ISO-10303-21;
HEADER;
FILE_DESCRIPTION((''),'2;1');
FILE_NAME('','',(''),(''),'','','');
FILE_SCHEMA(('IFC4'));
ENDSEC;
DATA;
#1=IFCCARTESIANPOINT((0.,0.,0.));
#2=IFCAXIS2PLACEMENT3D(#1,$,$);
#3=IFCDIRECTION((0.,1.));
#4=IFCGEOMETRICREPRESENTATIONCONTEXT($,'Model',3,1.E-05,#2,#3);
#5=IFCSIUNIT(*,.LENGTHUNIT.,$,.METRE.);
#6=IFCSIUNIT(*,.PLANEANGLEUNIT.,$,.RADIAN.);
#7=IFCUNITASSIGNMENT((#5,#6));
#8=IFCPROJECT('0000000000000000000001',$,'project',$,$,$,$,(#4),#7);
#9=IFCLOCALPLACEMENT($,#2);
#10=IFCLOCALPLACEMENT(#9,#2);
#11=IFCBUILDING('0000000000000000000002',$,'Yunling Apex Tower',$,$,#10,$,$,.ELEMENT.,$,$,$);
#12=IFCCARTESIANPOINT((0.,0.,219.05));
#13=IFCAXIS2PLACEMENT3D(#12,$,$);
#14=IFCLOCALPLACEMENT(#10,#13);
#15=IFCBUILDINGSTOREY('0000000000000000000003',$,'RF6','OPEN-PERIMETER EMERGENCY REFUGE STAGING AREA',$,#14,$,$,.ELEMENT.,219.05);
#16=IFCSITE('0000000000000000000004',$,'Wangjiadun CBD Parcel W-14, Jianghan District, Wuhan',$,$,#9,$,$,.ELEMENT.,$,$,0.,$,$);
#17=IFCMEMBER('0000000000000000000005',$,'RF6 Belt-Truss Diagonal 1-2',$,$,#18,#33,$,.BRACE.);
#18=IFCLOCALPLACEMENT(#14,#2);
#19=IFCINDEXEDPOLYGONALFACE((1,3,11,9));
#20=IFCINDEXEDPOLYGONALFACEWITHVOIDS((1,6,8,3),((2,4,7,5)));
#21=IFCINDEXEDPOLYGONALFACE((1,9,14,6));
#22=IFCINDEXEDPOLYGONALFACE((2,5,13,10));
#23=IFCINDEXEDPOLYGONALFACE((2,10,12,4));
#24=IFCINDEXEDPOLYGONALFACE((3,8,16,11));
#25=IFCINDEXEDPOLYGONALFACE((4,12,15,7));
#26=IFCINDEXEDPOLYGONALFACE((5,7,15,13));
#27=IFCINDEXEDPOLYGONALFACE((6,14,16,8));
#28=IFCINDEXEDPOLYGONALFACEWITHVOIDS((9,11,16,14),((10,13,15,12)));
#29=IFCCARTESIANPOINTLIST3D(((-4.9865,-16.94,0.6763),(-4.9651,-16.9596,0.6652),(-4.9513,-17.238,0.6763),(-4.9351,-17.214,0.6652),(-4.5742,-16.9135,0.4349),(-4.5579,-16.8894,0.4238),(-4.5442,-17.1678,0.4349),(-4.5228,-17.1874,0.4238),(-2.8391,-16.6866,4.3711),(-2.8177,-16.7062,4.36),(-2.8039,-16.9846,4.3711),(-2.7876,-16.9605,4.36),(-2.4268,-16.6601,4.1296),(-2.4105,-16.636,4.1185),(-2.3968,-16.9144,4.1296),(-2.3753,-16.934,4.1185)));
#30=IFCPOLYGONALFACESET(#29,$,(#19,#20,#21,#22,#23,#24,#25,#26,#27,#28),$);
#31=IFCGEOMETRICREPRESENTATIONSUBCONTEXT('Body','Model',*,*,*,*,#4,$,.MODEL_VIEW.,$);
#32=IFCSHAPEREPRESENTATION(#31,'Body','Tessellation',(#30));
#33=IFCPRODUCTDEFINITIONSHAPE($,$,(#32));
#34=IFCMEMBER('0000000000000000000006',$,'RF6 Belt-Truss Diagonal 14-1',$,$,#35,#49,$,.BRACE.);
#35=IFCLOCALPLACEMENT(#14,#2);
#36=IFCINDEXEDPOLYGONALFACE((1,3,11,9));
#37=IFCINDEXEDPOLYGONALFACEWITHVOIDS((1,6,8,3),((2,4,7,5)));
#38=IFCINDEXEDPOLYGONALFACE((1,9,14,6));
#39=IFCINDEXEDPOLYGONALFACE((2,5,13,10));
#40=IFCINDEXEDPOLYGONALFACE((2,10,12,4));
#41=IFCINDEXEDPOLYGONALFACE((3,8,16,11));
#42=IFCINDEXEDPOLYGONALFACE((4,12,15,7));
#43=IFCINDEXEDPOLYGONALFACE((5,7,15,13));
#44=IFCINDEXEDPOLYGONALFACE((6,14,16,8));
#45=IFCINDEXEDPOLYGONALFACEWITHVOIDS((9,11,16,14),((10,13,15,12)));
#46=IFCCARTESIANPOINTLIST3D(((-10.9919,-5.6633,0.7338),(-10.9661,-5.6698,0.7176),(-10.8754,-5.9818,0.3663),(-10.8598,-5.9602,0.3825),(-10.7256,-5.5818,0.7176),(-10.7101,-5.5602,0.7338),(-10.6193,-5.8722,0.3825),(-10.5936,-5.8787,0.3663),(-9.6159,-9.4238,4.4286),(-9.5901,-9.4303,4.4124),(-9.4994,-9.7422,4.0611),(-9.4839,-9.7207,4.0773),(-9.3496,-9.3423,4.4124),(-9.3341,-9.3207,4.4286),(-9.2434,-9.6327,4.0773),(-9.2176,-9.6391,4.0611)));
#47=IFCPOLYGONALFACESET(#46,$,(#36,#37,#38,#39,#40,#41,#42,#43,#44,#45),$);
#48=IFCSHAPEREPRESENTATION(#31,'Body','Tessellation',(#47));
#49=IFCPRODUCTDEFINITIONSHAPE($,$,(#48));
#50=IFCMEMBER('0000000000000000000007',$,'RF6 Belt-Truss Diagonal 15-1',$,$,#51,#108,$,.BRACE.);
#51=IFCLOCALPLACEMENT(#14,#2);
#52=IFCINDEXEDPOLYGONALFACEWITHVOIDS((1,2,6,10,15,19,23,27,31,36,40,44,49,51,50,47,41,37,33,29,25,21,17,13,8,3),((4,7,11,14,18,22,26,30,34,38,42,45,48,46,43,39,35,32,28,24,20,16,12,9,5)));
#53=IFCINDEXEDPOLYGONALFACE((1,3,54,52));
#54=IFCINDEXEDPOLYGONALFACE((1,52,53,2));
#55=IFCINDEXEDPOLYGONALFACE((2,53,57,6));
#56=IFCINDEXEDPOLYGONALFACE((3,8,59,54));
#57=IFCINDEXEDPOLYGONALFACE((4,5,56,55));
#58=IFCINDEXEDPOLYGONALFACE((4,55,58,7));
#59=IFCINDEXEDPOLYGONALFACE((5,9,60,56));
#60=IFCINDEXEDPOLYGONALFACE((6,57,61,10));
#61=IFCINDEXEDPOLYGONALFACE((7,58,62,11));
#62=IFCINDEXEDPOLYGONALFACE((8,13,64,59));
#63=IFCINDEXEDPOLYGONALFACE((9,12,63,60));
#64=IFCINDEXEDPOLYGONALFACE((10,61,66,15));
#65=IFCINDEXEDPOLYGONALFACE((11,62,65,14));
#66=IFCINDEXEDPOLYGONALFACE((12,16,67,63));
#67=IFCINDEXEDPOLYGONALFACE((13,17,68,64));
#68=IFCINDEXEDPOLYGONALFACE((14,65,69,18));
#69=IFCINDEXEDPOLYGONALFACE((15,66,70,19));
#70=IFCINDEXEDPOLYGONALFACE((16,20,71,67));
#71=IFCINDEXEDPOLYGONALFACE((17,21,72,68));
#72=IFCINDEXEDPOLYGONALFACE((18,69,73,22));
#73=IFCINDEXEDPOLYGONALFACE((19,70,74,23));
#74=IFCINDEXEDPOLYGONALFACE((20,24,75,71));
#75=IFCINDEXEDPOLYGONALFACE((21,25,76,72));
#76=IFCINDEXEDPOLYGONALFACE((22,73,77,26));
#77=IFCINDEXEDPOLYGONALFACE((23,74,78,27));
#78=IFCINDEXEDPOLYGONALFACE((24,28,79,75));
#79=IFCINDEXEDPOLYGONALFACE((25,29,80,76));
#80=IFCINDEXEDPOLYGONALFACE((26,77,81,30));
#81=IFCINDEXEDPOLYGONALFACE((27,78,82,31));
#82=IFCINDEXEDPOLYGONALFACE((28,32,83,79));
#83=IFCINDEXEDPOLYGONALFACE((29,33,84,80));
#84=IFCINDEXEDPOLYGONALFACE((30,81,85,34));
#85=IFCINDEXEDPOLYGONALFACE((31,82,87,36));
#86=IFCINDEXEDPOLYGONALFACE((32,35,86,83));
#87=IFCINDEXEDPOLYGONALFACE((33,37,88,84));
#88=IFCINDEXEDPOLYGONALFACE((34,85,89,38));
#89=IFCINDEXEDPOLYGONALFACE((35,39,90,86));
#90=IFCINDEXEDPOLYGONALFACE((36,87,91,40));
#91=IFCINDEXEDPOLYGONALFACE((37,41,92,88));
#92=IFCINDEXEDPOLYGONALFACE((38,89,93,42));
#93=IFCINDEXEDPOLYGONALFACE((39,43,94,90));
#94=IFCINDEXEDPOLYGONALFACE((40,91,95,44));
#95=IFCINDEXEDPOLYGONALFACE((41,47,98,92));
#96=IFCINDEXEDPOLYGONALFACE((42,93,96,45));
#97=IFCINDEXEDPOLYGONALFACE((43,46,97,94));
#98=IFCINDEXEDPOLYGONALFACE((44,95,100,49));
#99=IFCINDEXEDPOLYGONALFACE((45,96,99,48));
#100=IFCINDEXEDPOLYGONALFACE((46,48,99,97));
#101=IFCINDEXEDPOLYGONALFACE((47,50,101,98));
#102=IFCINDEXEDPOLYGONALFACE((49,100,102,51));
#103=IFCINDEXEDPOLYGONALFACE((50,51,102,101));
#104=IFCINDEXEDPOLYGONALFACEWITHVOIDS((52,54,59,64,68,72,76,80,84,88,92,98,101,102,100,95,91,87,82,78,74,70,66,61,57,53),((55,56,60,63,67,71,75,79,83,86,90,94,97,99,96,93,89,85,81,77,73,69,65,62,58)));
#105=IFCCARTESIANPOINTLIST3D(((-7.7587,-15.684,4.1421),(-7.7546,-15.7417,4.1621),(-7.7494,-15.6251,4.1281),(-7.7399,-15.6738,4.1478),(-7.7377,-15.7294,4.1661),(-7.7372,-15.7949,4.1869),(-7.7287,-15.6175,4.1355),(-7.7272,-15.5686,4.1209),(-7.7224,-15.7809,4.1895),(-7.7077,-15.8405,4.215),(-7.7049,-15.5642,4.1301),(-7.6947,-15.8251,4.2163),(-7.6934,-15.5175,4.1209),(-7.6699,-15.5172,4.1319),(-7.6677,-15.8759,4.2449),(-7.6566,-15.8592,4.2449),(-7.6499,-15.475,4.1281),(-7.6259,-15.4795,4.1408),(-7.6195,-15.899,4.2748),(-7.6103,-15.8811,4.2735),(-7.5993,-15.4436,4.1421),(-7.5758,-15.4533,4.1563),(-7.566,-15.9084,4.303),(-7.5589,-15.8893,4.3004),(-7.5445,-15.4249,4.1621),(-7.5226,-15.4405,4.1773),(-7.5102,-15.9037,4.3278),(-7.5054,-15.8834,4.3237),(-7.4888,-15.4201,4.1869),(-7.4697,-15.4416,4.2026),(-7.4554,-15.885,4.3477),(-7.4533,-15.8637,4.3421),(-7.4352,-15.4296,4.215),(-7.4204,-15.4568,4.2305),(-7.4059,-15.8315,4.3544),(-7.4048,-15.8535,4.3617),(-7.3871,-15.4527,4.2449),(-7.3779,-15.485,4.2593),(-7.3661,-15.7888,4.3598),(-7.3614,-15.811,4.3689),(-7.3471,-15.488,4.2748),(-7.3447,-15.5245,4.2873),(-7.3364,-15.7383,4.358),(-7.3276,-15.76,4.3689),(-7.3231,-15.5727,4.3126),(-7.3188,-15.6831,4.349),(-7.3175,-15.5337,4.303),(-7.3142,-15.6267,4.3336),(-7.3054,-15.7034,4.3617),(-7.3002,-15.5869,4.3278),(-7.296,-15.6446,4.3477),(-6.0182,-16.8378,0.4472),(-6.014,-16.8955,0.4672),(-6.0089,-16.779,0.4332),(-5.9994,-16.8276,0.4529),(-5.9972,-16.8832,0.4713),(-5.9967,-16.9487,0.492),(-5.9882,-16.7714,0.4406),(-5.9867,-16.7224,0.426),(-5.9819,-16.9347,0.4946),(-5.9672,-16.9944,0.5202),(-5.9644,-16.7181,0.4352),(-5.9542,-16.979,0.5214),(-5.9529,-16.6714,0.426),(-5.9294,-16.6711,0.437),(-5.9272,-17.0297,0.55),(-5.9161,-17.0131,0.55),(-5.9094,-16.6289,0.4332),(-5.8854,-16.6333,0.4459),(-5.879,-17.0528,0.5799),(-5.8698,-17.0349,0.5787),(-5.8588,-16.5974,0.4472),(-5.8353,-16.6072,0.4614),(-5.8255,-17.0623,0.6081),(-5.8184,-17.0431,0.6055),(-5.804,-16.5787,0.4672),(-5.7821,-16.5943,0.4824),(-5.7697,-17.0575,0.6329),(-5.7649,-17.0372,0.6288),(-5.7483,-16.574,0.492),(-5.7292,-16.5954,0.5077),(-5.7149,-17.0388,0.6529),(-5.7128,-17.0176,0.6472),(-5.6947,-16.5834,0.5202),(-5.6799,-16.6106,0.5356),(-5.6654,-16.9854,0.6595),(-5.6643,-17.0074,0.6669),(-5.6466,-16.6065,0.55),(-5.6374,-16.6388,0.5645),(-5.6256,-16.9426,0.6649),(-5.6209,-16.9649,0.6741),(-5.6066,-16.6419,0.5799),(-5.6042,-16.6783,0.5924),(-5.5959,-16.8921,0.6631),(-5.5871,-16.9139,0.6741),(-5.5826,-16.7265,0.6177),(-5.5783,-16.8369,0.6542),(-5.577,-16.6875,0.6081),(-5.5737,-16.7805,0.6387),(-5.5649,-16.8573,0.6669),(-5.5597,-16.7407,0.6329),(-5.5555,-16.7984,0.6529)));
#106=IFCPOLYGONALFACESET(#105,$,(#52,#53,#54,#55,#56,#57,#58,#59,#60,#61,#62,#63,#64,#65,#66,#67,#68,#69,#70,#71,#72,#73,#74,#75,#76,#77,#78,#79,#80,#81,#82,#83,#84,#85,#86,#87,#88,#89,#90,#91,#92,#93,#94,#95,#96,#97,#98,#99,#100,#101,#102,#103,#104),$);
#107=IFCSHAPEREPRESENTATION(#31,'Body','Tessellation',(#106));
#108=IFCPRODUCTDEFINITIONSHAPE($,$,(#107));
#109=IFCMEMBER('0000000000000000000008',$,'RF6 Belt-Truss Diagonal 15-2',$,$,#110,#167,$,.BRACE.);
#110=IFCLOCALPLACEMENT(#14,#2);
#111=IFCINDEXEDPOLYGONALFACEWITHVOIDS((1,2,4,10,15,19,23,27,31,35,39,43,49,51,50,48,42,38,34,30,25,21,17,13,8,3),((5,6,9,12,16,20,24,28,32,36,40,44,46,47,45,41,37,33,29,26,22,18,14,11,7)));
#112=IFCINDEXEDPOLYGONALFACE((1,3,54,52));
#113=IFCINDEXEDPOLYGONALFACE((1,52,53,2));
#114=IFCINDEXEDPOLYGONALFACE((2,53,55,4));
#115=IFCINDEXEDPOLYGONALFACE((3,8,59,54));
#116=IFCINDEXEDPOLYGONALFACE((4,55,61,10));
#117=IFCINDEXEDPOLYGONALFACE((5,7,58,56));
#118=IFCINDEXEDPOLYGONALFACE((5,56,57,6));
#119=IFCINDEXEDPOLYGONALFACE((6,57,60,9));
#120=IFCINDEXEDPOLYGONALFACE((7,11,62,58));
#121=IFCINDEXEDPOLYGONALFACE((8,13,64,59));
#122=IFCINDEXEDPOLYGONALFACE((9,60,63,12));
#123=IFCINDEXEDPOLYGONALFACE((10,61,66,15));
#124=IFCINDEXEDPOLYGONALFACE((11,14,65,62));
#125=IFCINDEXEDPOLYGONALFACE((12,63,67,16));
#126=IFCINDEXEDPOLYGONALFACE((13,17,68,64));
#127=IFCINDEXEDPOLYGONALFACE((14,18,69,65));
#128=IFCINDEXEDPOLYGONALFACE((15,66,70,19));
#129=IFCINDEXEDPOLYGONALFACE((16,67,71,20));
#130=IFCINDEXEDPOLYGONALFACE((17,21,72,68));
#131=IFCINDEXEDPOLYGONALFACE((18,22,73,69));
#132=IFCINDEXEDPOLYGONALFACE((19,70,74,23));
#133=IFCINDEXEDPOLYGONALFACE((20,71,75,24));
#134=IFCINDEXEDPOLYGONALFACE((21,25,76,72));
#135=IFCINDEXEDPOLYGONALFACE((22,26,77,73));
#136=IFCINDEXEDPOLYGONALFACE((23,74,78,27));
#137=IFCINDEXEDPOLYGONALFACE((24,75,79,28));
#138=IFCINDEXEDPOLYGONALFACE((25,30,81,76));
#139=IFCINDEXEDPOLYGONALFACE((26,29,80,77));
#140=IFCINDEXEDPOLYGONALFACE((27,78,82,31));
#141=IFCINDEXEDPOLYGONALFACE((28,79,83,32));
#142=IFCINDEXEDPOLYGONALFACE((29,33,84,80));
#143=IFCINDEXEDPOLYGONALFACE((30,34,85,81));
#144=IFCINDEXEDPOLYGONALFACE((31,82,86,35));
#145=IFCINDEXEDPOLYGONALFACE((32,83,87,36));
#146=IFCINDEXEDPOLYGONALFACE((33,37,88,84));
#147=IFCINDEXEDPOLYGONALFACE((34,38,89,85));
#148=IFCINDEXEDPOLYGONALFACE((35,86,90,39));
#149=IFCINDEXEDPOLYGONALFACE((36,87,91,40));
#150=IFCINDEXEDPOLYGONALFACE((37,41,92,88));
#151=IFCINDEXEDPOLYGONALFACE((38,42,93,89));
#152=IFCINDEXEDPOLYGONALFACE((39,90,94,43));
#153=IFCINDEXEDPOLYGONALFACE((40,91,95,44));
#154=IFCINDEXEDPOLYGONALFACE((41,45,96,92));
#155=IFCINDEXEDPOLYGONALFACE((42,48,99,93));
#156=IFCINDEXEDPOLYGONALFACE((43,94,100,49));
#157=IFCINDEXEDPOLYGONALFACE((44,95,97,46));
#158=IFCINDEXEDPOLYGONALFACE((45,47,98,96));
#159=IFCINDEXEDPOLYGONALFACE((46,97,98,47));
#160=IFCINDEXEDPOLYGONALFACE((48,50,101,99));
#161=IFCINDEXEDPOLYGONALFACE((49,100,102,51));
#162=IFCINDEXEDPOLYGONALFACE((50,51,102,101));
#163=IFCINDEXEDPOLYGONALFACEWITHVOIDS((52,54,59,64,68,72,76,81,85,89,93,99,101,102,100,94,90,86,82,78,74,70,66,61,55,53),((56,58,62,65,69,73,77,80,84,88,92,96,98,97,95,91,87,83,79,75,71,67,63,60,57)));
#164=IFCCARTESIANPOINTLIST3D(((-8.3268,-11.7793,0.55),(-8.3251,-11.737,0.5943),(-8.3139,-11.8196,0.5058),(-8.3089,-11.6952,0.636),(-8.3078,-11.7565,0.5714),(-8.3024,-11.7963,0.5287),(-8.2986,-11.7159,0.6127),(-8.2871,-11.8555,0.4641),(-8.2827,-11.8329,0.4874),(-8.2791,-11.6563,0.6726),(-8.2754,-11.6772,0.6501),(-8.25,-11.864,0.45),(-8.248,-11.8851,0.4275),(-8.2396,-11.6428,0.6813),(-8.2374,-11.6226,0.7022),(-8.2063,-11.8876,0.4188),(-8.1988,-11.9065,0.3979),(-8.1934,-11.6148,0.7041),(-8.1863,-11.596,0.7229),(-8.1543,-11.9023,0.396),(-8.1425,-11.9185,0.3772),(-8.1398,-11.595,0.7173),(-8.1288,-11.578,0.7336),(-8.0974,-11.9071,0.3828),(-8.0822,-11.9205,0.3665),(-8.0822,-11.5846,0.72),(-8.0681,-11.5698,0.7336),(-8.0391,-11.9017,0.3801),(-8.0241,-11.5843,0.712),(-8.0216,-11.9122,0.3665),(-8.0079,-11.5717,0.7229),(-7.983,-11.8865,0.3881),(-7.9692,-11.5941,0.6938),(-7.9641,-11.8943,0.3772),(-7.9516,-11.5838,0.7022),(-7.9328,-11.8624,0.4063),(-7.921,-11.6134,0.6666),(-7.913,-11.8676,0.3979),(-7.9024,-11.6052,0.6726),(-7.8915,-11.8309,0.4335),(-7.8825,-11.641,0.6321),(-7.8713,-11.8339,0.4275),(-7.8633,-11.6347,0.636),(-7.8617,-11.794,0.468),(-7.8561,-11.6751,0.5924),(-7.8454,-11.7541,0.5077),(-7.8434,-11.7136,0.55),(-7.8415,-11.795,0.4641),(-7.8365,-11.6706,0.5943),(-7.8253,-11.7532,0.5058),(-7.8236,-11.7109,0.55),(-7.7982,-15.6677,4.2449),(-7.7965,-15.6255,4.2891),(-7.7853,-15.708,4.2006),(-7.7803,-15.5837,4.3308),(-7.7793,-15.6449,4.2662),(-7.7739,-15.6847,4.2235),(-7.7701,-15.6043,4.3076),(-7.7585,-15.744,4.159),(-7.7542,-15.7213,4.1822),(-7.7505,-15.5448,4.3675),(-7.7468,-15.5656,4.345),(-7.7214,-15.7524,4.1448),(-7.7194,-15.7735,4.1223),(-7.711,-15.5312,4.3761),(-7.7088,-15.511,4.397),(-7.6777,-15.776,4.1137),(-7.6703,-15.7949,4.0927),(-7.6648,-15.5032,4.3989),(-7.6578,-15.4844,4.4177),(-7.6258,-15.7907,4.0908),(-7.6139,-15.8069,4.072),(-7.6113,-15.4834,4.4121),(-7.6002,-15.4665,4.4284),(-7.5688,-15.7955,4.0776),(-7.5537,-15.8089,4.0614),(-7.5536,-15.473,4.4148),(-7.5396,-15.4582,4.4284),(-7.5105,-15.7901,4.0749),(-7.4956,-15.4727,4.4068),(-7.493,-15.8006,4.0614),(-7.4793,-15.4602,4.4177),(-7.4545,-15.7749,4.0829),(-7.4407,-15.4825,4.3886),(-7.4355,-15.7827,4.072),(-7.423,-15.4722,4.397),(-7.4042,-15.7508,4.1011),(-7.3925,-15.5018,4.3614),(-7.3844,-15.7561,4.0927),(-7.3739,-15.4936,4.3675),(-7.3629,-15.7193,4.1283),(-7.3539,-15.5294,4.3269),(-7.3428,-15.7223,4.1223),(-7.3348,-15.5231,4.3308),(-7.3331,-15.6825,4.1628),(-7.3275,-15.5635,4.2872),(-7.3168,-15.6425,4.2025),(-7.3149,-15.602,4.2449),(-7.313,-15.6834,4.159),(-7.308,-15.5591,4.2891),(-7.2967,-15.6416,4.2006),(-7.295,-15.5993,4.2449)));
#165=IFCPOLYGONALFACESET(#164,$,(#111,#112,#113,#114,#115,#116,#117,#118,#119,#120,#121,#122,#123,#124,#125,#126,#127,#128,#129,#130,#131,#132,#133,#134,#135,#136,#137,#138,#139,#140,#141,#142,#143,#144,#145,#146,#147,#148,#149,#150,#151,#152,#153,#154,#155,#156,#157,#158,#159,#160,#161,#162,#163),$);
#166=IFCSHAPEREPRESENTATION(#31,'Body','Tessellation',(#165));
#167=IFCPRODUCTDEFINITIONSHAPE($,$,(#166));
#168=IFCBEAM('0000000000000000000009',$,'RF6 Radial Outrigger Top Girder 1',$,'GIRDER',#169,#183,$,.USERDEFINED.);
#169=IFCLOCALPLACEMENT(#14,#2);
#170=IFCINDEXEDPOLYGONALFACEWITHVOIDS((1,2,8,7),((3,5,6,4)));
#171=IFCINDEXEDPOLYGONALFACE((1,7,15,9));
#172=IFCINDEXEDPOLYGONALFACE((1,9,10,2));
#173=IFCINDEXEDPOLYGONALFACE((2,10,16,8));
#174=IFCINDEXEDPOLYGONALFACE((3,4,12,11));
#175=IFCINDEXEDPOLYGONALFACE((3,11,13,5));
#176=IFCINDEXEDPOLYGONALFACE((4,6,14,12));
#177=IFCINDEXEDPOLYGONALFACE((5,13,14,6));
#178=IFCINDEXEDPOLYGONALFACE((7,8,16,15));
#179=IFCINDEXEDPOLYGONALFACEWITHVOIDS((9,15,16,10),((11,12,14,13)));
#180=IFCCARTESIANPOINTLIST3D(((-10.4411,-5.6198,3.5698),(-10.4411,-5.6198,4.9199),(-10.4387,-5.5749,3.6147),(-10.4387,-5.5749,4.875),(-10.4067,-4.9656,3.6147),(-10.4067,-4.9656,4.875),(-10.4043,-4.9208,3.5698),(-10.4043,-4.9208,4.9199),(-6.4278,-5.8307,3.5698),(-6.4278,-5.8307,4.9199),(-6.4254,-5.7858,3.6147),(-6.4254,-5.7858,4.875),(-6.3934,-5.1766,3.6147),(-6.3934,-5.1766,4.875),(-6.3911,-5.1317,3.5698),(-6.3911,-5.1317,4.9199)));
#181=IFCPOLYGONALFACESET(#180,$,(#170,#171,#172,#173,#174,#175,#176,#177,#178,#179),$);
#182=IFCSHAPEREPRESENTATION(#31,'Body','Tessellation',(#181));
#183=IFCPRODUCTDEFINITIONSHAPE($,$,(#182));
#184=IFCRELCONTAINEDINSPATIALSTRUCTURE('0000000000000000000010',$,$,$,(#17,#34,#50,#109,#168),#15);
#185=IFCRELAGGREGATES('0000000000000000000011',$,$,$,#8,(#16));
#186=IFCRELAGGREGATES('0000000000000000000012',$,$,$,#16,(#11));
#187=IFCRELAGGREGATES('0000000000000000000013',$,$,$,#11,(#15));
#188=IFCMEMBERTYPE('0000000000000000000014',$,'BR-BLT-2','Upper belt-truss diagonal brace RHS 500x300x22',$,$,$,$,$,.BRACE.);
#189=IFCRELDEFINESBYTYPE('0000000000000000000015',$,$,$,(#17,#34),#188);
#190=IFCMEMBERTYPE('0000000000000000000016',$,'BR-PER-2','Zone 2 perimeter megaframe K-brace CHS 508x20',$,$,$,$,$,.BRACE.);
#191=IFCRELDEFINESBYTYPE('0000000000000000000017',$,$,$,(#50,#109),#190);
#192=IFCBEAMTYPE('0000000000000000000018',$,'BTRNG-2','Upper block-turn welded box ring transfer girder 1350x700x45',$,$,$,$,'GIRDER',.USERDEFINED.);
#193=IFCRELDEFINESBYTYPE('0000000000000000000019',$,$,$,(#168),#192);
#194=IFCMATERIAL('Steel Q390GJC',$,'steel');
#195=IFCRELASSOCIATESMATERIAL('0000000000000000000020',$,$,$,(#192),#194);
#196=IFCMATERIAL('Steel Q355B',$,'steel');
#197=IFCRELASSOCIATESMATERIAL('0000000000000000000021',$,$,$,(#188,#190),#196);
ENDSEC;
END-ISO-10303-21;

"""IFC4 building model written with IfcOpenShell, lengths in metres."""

from ifc_helpers import new_model, si_unit, direction, frame, origin, origin_2d, place, context, subcontext, project, spatial, hollow_rectangle, hollow_circle, extrude, source, transform, mapped, material, material_profile, profile_set, type_object, element, save


model = new_model("IFC4")

# Units and contexts
model_context = context("Model", 3, precision=1e-05, world=origin(), true_north=direction((0.0, 1.0)))
body_context = subcontext(model_context, "Body", "Model", "MODEL_VIEW")
ifc_project = project(units=[si_unit("LENGTHUNIT", "METRE"), si_unit("PLANEANGLEUNIT", "RADIAN")], contexts=[model_context])

# Site, building, storey
site_placement = place(None, origin())
site = spatial("IfcSite", under=ifc_project, at=site_placement, Name="Wangjiadun CBD Parcel W-14, Jianghan District, Wuhan", CompositionType="ELEMENT", RefElevation=0.0)
building_placement = place(site_placement, origin())
building = spatial("IfcBuilding", under=site, at=building_placement, Name="Yunling Apex Tower", CompositionType="ELEMENT")
storey_placement = place(building_placement, frame((0.0, 0.0, 219.05)))
storey = spatial("IfcBuildingStorey", under=building, at=storey_placement, Name="RF6", Description="OPEN-PERIMETER EMERGENCY REFUGE STAGING AREA", CompositionType="ELEMENT", Elevation=219.05)

# Shared definitions
ifc_material_1 = material(Name="Steel Q390GJC", Category="steel")

# Shared definitions
ifc_material_2 = material(Name="Steel Q355B", Category="steel")

# Shared definitions
ifc_material_profile_1 = material_profile(ifc_material_1, hollow_rectangle(XDim=0.7, YDim=1.3501, WallThickness=0.0449, at=origin_2d()))
ifc_profile_set_1 = profile_set([ifc_material_profile_1], Name="Steel Q390GJC")
beam_type_1 = type_object("IfcBeamType", Name="BTRNG-2", Description="Upper block-turn welded box ring transfer girder 1350x700x45", ElementType="GIRDER", PredefinedType="USERDEFINED", material=ifc_profile_set_1)

# Members
ifc_material_profile_2 = material_profile(ifc_material_2, hollow_rectangle(XDim=0.3, YDim=0.5, WallThickness=0.022, at=origin_2d()))
ifc_profile_set_2 = profile_set([ifc_material_profile_2], Name="Steel Q355B")
member_type_1 = type_object("IfcMemberType", Name="BR-BLT-2", Description="Upper belt-truss diagonal brace RHS 500x300x22", PredefinedType="BRACE", material=ifc_profile_set_2)
shared_shape_1 = source(origin(), body_context, "Body", "SweptSolid", [
    extrude(hollow_rectangle(XDim=0.3, YDim=0.5, WallThickness=0.022, at=origin_2d()), origin(), (0.0, 0.0, 1.0), 4.281),
])
member_1_placement = place(storey_placement, frame((-4.7546, -17.0637, 0.55), z_axis=(0.501618, 0.059195, 0.863062), x_axis=(-0.117195, 0.993109, 0.0)))
element("IfcMember", 1, at=member_1_placement, inside=storey, type_object=member_type_1, Name="RF6 Belt-Truss Diagonal 1-2", PredefinedType="BRACE", context=body_context, shape_type="MappedRepresentation", body=[
    mapped(shared_shape_1, transform((0.0, 0.0, 0.0), scale=1.0)),
])
shared_shape_2 = source(origin(), body_context, "Body", "SweptSolid", [
    extrude(hollow_rectangle(XDim=0.3, YDim=0.5, WallThickness=0.022, at=origin_2d()), origin(), (0.0, 0.0, 1.0), 5.4485),
])
member_2_placement = place(storey_placement, frame((-10.7927, -5.771, 0.55), z_axis=(0.252541, -0.690187, 0.678133), x_axis=(0.939108, 0.343622, 0.0)))
element("IfcMember", 2, at=member_2_placement, inside=storey, type_object=member_type_1, Name="RF6 Belt-Truss Diagonal 14-1", PredefinedType="BRACE", context=body_context, shape_type="MappedRepresentation", body=[
    mapped(shared_shape_2, transform((0.0, 0.0, 0.0), scale=1.0)),
])
ifc_material_profile_3 = material_profile(ifc_material_2, hollow_circle(Radius=0.2539, WallThickness=0.02, at=origin_2d()))
ifc_profile_set_3 = profile_set([ifc_material_profile_3], Name="Steel Q355B")
member_type_2 = type_object("IfcMemberType", Name="BR-PER-2", Description="Zone 2 perimeter megaframe K-brace CHS 508x20", PredefinedType="BRACE", material=ifc_profile_set_3)
shared_shape_3 = source(origin(), body_context, "Body", "SweptSolid", [
    extrude(hollow_circle(Radius=0.2539, WallThickness=0.02, at=origin_2d()), origin(), (0.0, 0.0, 1.0), 4.2441),
])
member_3_placement = place(storey_placement, frame((-5.7869, -16.8181, 0.55), z_axis=(-0.410095, 0.271863, 0.870582), x_axis=(-0.55254, -0.833486, 0.0)))
element("IfcMember", 3, at=member_3_placement, inside=storey, type_object=member_type_2, Name="RF6 Belt-Truss Diagonal 15-1", PredefinedType="BRACE", context=body_context, shape_type="MappedRepresentation", body=[
    mapped(shared_shape_3, transform((0.0, 0.0, 0.0), scale=1.0)),
])
shared_shape_4 = source(origin(), body_context, "Body", "SweptSolid", [
    extrude(hollow_circle(Radius=0.2539, WallThickness=0.02, at=origin_2d()), origin(), (0.0, 0.0, 1.0), 5.3899),
])
member_4_placement = place(storey_placement, frame((-8.0752, -11.7451, 0.55), z_axis=(0.098066, -0.721429, 0.685509), x_axis=(0.990887, 0.134694, 0.0)))
element("IfcMember", 4, at=member_4_placement, inside=storey, type_object=member_type_2, Name="RF6 Belt-Truss Diagonal 15-2", PredefinedType="BRACE", context=body_context, shape_type="MappedRepresentation", body=[
    mapped(shared_shape_4, transform((0.0, 0.0, 0.0), scale=1.0)),
])

# Beam
shared_shape_5 = source(origin(), body_context, "Body", "SweptSolid", [
    extrude(hollow_rectangle(XDim=0.7, YDim=1.3501, WallThickness=0.0449, at=origin_2d()), origin(), (0.0, 0.0, 1.0), 4.0188),
])
beam_1_placement = place(storey_placement, frame((-6.4094, -5.4812, 4.2449), z_axis=(-0.998622, 0.052489, 0.0), x_axis=(-0.052489, -0.998622, 0.0)))
element("IfcBeam", 5, at=beam_1_placement, inside=storey, type_object=beam_type_1, Name="RF6 Radial Outrigger Top Girder 1", ObjectType="GIRDER", PredefinedType="USERDEFINED", context=body_context, shape_type="MappedRepresentation", body=[
    mapped(shared_shape_5, transform((0.0, 0.0, 0.0), scale=1.0)),
])

save(model, "model.ifc")
